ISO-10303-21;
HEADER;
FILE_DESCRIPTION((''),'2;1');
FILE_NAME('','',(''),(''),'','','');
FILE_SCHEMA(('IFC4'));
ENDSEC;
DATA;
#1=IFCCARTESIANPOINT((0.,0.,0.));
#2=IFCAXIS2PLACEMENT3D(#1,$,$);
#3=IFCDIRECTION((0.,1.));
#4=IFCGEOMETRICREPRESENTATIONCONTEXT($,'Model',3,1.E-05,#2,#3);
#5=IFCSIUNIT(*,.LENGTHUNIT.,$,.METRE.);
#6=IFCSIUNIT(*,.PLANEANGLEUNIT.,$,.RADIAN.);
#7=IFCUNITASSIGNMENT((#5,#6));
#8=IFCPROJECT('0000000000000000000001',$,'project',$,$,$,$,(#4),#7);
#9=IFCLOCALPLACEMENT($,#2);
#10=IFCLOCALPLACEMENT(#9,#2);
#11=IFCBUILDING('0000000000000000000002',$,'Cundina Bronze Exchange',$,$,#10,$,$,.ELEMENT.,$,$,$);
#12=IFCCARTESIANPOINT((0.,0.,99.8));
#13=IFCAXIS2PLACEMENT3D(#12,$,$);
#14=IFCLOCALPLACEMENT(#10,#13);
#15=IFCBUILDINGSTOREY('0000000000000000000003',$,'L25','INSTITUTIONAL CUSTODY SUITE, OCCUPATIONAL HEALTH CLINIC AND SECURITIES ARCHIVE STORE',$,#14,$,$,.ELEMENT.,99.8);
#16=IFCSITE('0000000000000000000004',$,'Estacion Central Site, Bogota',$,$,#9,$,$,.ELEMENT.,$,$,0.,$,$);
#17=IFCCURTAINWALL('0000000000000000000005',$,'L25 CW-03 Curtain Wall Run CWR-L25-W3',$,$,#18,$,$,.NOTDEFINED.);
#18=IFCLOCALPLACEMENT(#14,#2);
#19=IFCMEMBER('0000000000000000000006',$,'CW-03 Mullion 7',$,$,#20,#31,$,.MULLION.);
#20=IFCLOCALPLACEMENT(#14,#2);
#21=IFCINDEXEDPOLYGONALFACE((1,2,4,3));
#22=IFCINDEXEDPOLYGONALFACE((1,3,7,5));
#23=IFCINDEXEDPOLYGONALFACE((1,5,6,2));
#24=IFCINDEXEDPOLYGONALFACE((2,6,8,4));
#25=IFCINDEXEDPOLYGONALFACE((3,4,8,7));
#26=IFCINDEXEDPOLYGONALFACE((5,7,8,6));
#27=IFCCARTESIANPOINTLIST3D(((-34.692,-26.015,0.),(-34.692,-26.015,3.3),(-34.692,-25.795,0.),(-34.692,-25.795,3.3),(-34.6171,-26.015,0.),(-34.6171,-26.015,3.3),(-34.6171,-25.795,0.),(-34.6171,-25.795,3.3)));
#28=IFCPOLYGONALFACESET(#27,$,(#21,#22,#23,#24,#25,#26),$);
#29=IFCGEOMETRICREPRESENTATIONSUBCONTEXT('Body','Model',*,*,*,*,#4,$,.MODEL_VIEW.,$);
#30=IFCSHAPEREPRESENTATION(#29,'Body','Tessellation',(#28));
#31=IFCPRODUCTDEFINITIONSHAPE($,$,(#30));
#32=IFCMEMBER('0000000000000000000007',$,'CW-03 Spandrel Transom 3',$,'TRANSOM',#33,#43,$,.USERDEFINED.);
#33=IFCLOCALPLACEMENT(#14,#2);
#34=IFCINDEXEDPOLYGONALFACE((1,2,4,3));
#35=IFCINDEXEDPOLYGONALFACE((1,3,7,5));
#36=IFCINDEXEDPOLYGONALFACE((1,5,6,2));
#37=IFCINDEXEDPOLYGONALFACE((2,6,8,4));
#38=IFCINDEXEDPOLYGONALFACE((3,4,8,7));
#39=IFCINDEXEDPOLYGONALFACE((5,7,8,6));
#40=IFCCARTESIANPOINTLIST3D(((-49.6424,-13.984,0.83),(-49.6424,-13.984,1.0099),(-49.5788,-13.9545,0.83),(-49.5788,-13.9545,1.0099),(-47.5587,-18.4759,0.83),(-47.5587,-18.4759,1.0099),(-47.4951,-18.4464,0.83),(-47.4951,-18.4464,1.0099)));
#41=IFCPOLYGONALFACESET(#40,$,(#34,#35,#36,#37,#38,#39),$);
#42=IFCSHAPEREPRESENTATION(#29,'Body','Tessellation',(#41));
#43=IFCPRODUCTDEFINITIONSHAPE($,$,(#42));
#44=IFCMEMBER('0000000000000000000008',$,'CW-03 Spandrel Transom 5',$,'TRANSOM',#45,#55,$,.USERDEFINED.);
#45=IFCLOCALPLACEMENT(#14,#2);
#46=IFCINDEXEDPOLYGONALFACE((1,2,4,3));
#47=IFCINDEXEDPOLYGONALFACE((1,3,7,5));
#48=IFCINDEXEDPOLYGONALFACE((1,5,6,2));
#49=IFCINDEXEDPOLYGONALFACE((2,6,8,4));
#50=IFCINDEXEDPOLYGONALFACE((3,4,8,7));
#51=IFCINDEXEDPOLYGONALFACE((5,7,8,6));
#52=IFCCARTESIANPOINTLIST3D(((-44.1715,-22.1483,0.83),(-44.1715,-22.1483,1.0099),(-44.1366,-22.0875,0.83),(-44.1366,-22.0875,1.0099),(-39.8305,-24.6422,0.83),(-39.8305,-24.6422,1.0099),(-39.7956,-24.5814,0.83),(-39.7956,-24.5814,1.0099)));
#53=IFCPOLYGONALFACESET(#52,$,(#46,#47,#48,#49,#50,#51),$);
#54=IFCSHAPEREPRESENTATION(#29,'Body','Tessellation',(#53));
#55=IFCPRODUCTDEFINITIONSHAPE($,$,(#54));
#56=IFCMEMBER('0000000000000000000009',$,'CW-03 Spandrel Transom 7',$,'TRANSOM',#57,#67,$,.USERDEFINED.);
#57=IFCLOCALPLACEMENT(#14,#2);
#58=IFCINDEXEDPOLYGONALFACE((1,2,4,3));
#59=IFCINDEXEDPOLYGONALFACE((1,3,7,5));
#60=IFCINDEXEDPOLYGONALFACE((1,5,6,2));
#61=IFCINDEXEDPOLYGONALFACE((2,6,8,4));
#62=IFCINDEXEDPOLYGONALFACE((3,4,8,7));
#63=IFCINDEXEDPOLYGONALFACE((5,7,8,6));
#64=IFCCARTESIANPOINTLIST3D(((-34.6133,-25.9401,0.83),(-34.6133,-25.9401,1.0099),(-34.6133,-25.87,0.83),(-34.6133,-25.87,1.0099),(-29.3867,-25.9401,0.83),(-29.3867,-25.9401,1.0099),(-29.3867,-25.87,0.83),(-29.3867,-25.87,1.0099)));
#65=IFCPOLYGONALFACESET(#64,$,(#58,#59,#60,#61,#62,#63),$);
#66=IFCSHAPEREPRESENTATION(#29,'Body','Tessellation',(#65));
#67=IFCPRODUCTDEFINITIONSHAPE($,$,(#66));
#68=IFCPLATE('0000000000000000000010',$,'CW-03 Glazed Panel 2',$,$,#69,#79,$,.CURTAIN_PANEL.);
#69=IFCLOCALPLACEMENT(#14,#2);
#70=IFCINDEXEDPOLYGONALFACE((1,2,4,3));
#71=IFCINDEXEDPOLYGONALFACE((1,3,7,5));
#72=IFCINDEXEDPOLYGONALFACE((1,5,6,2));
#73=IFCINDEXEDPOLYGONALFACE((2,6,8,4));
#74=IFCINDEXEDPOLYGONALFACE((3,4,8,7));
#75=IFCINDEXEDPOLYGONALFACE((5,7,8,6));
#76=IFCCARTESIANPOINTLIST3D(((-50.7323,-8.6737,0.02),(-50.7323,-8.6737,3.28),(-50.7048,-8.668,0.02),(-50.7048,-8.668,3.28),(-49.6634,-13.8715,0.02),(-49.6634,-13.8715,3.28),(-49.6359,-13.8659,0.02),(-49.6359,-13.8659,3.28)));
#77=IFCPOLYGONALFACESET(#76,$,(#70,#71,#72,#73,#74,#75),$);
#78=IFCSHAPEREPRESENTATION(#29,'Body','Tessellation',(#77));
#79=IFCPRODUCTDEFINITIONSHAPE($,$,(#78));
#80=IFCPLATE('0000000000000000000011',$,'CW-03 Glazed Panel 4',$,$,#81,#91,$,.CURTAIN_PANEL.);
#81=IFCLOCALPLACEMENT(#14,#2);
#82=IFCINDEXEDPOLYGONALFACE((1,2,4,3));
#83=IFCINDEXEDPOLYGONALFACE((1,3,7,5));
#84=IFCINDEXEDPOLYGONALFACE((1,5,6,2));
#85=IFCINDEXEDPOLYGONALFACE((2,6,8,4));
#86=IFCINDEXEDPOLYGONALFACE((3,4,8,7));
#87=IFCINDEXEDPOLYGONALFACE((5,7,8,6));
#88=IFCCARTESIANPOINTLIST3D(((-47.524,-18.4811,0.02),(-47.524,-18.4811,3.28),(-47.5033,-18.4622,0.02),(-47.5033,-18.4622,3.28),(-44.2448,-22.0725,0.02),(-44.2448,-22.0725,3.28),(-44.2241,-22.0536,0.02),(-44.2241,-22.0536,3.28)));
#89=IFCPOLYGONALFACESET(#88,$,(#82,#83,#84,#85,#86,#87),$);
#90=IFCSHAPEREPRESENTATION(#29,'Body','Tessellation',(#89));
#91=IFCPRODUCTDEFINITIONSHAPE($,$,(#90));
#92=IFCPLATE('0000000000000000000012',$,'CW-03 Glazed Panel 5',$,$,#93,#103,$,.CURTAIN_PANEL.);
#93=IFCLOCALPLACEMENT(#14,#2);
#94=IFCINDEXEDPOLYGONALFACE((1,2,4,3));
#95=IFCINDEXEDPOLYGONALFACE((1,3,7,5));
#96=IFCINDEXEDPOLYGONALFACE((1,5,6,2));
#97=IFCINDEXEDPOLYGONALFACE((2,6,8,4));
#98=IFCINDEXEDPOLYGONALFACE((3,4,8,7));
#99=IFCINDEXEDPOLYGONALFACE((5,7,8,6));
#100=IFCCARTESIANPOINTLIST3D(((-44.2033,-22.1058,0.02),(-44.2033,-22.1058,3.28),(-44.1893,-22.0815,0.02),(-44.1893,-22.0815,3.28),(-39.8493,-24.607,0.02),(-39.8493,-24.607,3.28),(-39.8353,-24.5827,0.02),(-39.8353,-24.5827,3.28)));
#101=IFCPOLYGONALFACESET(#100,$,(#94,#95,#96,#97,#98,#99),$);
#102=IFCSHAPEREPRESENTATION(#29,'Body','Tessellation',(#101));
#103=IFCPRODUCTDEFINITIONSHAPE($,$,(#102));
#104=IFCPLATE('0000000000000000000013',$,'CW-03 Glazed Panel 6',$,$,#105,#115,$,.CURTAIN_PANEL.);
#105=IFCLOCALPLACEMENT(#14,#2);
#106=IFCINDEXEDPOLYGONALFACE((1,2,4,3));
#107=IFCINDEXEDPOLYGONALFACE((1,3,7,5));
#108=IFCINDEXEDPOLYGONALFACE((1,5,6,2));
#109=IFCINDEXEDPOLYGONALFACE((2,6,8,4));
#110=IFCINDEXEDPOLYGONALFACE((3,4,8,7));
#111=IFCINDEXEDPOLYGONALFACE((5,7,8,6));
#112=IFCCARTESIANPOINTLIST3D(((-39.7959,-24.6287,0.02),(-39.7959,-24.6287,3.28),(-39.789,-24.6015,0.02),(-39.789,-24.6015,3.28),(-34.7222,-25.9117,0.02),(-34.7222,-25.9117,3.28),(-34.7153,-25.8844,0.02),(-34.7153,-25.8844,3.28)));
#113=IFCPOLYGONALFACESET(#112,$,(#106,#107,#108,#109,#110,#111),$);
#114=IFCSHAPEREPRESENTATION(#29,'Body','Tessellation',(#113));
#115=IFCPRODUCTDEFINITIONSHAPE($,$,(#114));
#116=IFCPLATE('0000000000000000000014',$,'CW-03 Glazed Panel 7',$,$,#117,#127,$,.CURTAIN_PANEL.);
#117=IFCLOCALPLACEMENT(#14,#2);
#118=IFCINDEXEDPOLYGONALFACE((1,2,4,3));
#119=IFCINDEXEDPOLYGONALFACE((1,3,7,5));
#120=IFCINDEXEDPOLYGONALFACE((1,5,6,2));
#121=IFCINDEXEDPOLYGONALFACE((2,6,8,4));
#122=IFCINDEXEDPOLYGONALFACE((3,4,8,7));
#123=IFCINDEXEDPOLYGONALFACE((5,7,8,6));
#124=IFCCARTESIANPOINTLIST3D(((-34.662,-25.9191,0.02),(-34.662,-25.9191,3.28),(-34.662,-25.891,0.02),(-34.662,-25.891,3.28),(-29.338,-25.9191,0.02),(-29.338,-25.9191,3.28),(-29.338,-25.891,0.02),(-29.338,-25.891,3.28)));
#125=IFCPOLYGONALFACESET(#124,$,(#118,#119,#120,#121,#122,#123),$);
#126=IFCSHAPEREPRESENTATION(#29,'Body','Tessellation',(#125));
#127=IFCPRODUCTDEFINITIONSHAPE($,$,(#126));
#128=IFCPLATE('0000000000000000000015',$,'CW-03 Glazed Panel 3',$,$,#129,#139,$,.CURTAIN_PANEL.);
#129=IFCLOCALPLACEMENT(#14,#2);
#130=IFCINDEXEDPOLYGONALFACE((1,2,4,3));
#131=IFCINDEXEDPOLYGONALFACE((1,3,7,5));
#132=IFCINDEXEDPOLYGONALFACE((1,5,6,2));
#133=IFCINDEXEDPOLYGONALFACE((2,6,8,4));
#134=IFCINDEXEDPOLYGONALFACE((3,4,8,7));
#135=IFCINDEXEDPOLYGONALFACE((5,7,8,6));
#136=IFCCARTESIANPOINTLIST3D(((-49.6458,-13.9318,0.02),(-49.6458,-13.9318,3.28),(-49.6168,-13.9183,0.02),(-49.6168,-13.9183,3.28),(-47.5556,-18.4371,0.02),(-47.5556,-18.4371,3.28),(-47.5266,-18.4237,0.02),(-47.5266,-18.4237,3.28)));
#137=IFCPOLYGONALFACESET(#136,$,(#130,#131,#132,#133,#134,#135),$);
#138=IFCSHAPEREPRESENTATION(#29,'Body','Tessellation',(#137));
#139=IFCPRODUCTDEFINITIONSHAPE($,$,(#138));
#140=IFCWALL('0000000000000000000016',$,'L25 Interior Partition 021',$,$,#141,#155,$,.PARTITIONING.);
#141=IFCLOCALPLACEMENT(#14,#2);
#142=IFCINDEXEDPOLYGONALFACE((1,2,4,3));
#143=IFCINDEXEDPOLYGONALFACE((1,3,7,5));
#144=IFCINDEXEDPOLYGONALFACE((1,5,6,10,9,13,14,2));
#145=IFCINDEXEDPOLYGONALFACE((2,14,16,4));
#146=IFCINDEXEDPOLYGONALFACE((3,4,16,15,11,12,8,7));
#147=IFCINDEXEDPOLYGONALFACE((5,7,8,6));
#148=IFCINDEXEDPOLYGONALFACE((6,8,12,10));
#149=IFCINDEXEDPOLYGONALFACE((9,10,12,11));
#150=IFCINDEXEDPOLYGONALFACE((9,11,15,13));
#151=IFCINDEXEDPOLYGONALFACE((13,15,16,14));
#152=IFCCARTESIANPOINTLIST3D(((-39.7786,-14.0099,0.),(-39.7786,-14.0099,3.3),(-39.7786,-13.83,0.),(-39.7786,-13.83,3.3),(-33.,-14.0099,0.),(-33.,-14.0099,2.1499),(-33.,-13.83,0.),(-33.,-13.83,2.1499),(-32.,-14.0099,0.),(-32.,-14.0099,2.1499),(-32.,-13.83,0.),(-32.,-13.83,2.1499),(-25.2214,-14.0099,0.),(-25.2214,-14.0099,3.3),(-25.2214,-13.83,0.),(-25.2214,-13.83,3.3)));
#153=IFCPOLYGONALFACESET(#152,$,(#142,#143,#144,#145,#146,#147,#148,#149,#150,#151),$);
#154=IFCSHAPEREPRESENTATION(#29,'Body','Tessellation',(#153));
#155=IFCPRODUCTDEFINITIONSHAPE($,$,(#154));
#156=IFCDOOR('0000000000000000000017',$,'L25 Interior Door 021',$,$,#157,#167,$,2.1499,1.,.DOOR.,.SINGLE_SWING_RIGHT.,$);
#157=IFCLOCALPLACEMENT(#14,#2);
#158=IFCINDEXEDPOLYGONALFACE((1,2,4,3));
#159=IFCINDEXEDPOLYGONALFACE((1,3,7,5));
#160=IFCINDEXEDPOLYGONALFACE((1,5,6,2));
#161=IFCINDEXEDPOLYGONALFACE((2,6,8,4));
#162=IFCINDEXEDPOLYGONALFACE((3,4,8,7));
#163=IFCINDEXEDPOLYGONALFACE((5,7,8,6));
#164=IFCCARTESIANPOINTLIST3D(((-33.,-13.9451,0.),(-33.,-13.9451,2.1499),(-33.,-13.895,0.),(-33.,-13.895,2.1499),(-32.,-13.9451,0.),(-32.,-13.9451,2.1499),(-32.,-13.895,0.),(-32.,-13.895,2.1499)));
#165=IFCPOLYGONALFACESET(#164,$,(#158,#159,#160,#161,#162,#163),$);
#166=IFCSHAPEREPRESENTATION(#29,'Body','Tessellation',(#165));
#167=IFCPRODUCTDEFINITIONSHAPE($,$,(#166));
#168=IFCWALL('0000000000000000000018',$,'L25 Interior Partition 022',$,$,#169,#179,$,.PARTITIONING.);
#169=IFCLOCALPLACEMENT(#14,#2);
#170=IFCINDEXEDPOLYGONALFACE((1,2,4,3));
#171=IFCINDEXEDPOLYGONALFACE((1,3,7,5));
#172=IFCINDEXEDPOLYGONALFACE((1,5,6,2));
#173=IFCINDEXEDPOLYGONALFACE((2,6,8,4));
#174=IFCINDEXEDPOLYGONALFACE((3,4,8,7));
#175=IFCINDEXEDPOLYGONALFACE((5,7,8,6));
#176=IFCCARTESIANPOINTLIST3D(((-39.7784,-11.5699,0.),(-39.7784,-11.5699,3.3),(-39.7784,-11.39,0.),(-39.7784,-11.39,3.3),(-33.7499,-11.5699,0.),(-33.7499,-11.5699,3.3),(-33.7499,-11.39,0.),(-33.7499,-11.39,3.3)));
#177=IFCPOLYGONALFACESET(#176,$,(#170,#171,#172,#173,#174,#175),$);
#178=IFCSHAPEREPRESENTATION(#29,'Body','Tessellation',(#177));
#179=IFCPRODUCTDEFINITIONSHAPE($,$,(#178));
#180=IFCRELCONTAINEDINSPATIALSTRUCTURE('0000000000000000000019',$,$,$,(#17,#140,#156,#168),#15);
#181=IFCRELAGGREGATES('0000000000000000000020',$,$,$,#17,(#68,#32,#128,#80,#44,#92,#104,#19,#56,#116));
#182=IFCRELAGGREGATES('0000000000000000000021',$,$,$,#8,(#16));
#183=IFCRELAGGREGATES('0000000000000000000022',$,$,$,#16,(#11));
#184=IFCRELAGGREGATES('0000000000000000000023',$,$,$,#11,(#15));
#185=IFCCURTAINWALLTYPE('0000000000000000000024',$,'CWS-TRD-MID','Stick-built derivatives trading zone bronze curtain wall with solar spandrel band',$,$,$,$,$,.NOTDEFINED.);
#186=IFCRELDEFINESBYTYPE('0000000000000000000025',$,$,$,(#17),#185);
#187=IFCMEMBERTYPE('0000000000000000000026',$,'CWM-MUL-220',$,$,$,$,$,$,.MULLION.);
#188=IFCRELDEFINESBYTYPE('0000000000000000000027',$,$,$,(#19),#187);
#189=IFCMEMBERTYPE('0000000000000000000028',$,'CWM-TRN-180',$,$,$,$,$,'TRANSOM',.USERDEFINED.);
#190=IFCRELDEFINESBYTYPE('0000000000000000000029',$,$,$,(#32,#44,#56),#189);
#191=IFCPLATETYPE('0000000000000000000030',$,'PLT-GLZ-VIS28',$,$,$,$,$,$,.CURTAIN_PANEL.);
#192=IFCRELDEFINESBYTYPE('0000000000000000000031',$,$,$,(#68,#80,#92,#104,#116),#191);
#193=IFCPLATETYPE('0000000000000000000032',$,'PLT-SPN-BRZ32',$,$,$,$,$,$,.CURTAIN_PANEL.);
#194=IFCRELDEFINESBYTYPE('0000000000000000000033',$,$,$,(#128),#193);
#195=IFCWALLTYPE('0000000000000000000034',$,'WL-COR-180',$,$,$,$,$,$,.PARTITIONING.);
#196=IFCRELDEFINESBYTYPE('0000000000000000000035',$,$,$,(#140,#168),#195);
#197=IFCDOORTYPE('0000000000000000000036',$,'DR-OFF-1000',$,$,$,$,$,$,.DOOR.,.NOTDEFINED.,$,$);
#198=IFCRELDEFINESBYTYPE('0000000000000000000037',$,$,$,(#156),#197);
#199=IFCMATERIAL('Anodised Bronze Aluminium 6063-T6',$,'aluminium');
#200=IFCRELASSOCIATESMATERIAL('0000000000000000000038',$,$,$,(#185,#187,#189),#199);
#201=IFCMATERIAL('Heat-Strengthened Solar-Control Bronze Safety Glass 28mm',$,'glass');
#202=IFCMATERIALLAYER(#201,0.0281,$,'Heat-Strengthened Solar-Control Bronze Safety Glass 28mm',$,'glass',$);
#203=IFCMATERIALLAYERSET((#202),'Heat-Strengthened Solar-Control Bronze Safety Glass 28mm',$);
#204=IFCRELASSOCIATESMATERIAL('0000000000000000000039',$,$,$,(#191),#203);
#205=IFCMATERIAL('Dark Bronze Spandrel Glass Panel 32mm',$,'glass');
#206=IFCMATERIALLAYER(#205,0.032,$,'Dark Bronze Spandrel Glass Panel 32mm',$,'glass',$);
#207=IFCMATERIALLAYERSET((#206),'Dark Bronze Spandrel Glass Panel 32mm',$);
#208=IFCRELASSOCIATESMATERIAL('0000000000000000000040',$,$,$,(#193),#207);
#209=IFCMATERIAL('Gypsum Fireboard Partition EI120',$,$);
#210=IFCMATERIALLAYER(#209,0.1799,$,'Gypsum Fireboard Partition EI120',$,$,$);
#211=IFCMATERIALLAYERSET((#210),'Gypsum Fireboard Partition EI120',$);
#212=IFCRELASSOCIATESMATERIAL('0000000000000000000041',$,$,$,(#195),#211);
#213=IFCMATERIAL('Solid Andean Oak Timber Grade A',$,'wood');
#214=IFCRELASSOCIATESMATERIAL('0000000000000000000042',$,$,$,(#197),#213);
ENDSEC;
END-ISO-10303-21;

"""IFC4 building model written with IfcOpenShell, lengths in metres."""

from ifc_helpers import new_model, si_unit, direction, frame, frame_2d, origin, origin_2d, place, context, subcontext, project, spatial, rectangle, extrude, material, layer, layer_set, material_profile, profile_set, type_object, element, fill, aggregate, save


model = new_model("IFC4")

# Units and contexts
model_context = context("Model", 3, precision=1e-05, world=origin(), true_north=direction((0.0, 1.0)))
body_context = subcontext(model_context, "Body", "Model", "MODEL_VIEW")
ifc_project = project(units=[si_unit("LENGTHUNIT", "METRE"), si_unit("PLANEANGLEUNIT", "RADIAN")], contexts=[model_context])

# Site, building, storey
site_placement = place(None, origin())
site = spatial("IfcSite", under=ifc_project, at=site_placement, Name="Estacion Central Site, Bogota", CompositionType="ELEMENT", RefElevation=0.0)
building_placement = place(site_placement, origin())
building = spatial("IfcBuilding", under=site, at=building_placement, Name="Cundina Bronze Exchange", CompositionType="ELEMENT")
storey_placement = place(building_placement, frame((0.0, 0.0, 99.8)))
storey = spatial("IfcBuildingStorey", under=building, at=storey_placement, Name="L25", Description="INSTITUTIONAL CUSTODY SUITE, OCCUPATIONAL HEALTH CLINIC AND SECURITIES ARCHIVE STORE", CompositionType="ELEMENT", Elevation=99.8)

# Curtain wall, members, plates
ifc_material_1 = material(Name="Anodised Bronze Aluminium 6063-T6", Category="aluminium")
curtain_wall_type = type_object("IfcCurtainWallType", Name="CWS-TRD-MID", Description="Stick-built derivatives trading zone bronze curtain wall with solar spandrel band", PredefinedType="NOTDEFINED", material=ifc_material_1)
curtain_wall_placement = place(storey_placement, origin())
curtain_wall = element("IfcCurtainWall", 1, at=curtain_wall_placement, inside=storey, type_object=curtain_wall_type, Name="L25 CW-03 Curtain Wall Run CWR-L25-W3", PredefinedType="NOTDEFINED")
ifc_material_profile_1 = material_profile(ifc_material_1, rectangle(XDim=0.075, YDim=0.22, at=origin_2d()), Name="AL75X220", Category="aluminium")
ifc_profile_set_1 = profile_set([ifc_material_profile_1], Name="Anodised Bronze Aluminium 6063-T6")
member_type_1 = type_object("IfcMemberType", Name="CWM-MUL-220", PredefinedType="MULLION", material=ifc_profile_set_1)
member_1_placement = place(storey_placement, frame((-34.6545, -25.905, 0.0), z_axis=(0.0, 0.0, 1.0), x_axis=(1.0, 0.0, 0.0)))
member_1 = element("IfcMember", 2, at=member_1_placement, type_object=member_type_1, Name="CW-03 Mullion 7", PredefinedType="MULLION", context=body_context, shape_type="SweptSolid", body=[
    extrude(rectangle(XDim=0.075, YDim=0.22, at=origin_2d()), origin(), (0.0, 0.0, 1.0), 3.3),
])
ifc_material_profile_2 = material_profile(ifc_material_1, rectangle(XDim=0.0701, YDim=0.1799, at=origin_2d()), Name="AL70X180", Category="aluminium")
ifc_profile_set_2 = profile_set([ifc_material_profile_2], Name="Anodised Bronze Aluminium 6063-T6")
member_type_2 = type_object("IfcMemberType", Name="CWM-TRN-180", ElementType="TRANSOM", PredefinedType="USERDEFINED", material=ifc_profile_set_2)
member_2_placement = place(storey_placement, frame((-49.6106, -13.9692, 0.9199), z_axis=(0.420811, -0.907148, 0.0), x_axis=(0.907148, 0.420811, 0.0)))
member_2 = element("IfcMember", 3, at=member_2_placement, type_object=member_type_2, Name="CW-03 Spandrel Transom 3", ObjectType="TRANSOM", PredefinedType="USERDEFINED", context=body_context, shape_type="SweptSolid", body=[
    extrude(rectangle(XDim=0.0701, YDim=0.1799, at=origin_2d()), origin(), (0.0, 0.0, 1.0), 4.9517),
])
member_3_placement = place(storey_placement, frame((-44.1541, -22.1179, 0.9199), z_axis=(0.867097, -0.498139, 0.0), x_axis=(0.498139, 0.867097, 0.0)))
member_3 = element("IfcMember", 4, at=member_3_placement, type_object=member_type_2, Name="CW-03 Spandrel Transom 5", ObjectType="TRANSOM", PredefinedType="USERDEFINED", context=body_context, shape_type="SweptSolid", body=[
    extrude(rectangle(XDim=0.0701, YDim=0.1799, at=origin_2d()), origin(), (0.0, 0.0, 1.0), 5.0063),
])
member_4_placement = place(storey_placement, frame((-34.6133, -25.905, 0.9199), z_axis=(1.0, 0.0, 0.0), x_axis=(0.0, 1.0, 0.0)))
member_4 = element("IfcMember", 5, at=member_4_placement, type_object=member_type_2, Name="CW-03 Spandrel Transom 7", ObjectType="TRANSOM", PredefinedType="USERDEFINED", context=body_context, shape_type="SweptSolid", body=[
    extrude(rectangle(XDim=0.0701, YDim=0.1799, at=origin_2d()), origin(), (0.0, 0.0, 1.0), 5.2266),
])
ifc_material_2 = material(Name="Heat-Strengthened Solar-Control Bronze Safety Glass 28mm", Category="glass")
ifc_layer_1 = layer(ifc_material_2, 0.0281, Name="Heat-Strengthened Solar-Control Bronze Safety Glass 28mm", Category="glass")
ifc_layer_set_1 = layer_set([ifc_layer_1], Name="Heat-Strengthened Solar-Control Bronze Safety Glass 28mm")
plate_type_1 = type_object("IfcPlateType", Name="PLT-GLZ-VIS28", PredefinedType="CURTAIN_PANEL", material=ifc_layer_set_1)
plate_1_placement = place(storey_placement, frame((-50.1841, -11.2698, 0.02), z_axis=(0.0, 0.0, 1.0), x_axis=(0.20142, -0.979505, 0.0)))
plate_1 = element("IfcPlate", 6, at=plate_1_placement, type_object=plate_type_1, Name="CW-03 Glazed Panel 2", PredefinedType="CURTAIN_PANEL", context=body_context, shape_type="SweptSolid", body=[
    extrude(rectangle(XDim=5.3066, YDim=0.0281, at=origin_2d()), origin(), (0.0, 0.0, 1.0), 3.26),
])
plate_2_placement = place(storey_placement, frame((-45.874, -20.2673, 0.02), z_axis=(0.0, 0.0, 1.0), x_axis=(0.674277, -0.738479, 0.0)))
plate_2 = element("IfcPlate", 7, at=plate_2_placement, type_object=plate_type_1, Name="CW-03 Glazed Panel 4", PredefinedType="CURTAIN_PANEL", context=body_context, shape_type="SweptSolid", body=[
    extrude(rectangle(XDim=4.8633, YDim=0.0281, at=origin_2d()), origin(), (0.0, 0.0, 1.0), 3.26),
])
plate_3_placement = place(storey_placement, frame((-42.0193, -23.3442, 0.02), z_axis=(0.0, 0.0, 1.0), x_axis=(0.867105, -0.498125, 0.0)))
plate_3 = element("IfcPlate", 8, at=plate_3_placement, type_object=plate_type_1, Name="CW-03 Glazed Panel 5", PredefinedType="CURTAIN_PANEL", context=body_context, shape_type="SweptSolid", body=[
    extrude(rectangle(XDim=5.0212, YDim=0.0281, at=origin_2d()), origin(), (0.0, 0.0, 1.0), 3.26),
])
plate_4_placement = place(storey_placement, frame((-37.2556, -25.2566, 0.02), z_axis=(0.0, 0.0, 1.0), x_axis=(0.969488, -0.245138, 0.0)))
plate_4 = element("IfcPlate", 9, at=plate_4_placement, type_object=plate_type_1, Name="CW-03 Glazed Panel 6", PredefinedType="CURTAIN_PANEL", context=body_context, shape_type="SweptSolid", body=[
    extrude(rectangle(XDim=5.2334, YDim=0.0281, at=origin_2d()), origin(), (0.0, 0.0, 1.0), 3.26),
])
plate_5_placement = place(storey_placement, frame((-32.0, -25.905, 0.02), z_axis=(0.0, 0.0, 1.0), x_axis=(1.0, 0.0, 0.0)))
plate_5 = element("IfcPlate", 10, at=plate_5_placement, type_object=plate_type_1, Name="CW-03 Glazed Panel 7", PredefinedType="CURTAIN_PANEL", context=body_context, shape_type="SweptSolid", body=[
    extrude(rectangle(XDim=5.324, YDim=0.0281, at=origin_2d()), origin(), (0.0, 0.0, 1.0), 3.26),
])
ifc_material_3 = material(Name="Dark Bronze Spandrel Glass Panel 32mm", Category="glass")
ifc_layer_2 = layer(ifc_material_3, 0.032, Name="Dark Bronze Spandrel Glass Panel 32mm", Category="glass")
ifc_layer_set_2 = layer_set([ifc_layer_2], Name="Dark Bronze Spandrel Glass Panel 32mm")
plate_type_2 = type_object("IfcPlateType", Name="PLT-SPN-BRZ32", PredefinedType="CURTAIN_PANEL", material=ifc_layer_set_2)
plate_6_placement = place(storey_placement, frame((-48.5862, -16.1777, 0.02), z_axis=(0.0, 0.0, 1.0), x_axis=(0.420846, -0.907132, 0.0)))
plate_6 = element("IfcPlate", 11, at=plate_6_placement, type_object=plate_type_2, Name="CW-03 Glazed Panel 3", PredefinedType="CURTAIN_PANEL", context=body_context, shape_type="SweptSolid", body=[
    extrude(rectangle(XDim=4.9666, YDim=0.032, at=origin_2d()), origin(), (0.0, 0.0, 1.0), 3.26),
])
aggregate(curtain_wall, [plate_1, member_2, plate_6, plate_2, member_3, plate_3, plate_4, member_1, member_4, plate_5])

# Wall, opening, door
ifc_material_4 = material(Name="Gypsum Fireboard Partition EI120")
ifc_layer_3 = layer(ifc_material_4, 0.1799, Name="Gypsum Fireboard Partition EI120")
ifc_layer_set_3 = layer_set([ifc_layer_3], Name="Gypsum Fireboard Partition EI120")
wall_type_1 = type_object("IfcWallType", Name="WL-COR-180", PredefinedType="PARTITIONING", material=ifc_layer_set_3)
wall_1_placement = place(storey_placement, frame((-39.7786, -13.9199, 0.0), z_axis=(0.0, 0.0, 1.0), x_axis=(1.0, 0.0, 0.0)))
wall_1 = element("IfcWall", 12, at=wall_1_placement, inside=storey, type_object=wall_type_1, Name="L25 Interior Partition 021", PredefinedType="PARTITIONING", context=body_context, shape_type="SweptSolid", body=[
    extrude(rectangle(XDim=14.5571, YDim=0.1799, at=frame_2d((7.2786, 0.0))), origin(), (0.0, 0.0, 1.0), 3.3),
])
opening_placement = place(wall_1_placement, frame((6.7786, 0.0, 0.0)))
opening = element("IfcOpeningElement", 13, at=opening_placement, cuts=wall_1, PredefinedType="OPENING", context=body_context, shape_type="SweptSolid", body=[
    extrude(rectangle(XDim=1.0, YDim=2.1499, at=frame_2d((0.5, 1.075))), frame((0.0, 0.0999, 0.0), z_axis=(0.0, -1.0, 0.0), x_axis=(1.0, 0.0, 0.0)), (0.0, 0.0, 1.0), 0.2),
])
ifc_material_5 = material(Name="Solid Andean Oak Timber Grade A", Category="wood")
door_type = type_object("IfcDoorType", Name="DR-OFF-1000", OperationType="NOTDEFINED", PredefinedType="DOOR", material=ifc_material_5)
door_placement = place(opening_placement, origin())
door = element("IfcDoor", 14, at=door_placement, inside=storey, type_object=door_type, Name="L25 Interior Door 021", OperationType="SINGLE_SWING_RIGHT", OverallHeight=2.1499, OverallWidth=1.0, PredefinedType="DOOR", context=body_context, shape_type="SweptSolid", body=[
    extrude(rectangle(XDim=1.0, YDim=2.1499, at=frame_2d((0.5, 1.075))), frame((0.0, 0.0249, 0.0), z_axis=(0.0, -1.0, 0.0), x_axis=(1.0, 0.0, 0.0)), (0.0, 0.0, 1.0), 0.05),
])
fill(opening, door)

# Wall
wall_2_placement = place(storey_placement, frame((-33.75, -11.48, 0.0), z_axis=(0.0, 0.0, 1.0), x_axis=(-1.0, 0.0, 0.0)))
element("IfcWall", 15, at=wall_2_placement, inside=storey, type_object=wall_type_1, Name="L25 Interior Partition 022", PredefinedType="PARTITIONING", context=body_context, shape_type="SweptSolid", body=[
    extrude(rectangle(XDim=6.0286, YDim=0.1799, at=frame_2d((3.0142, 0.0))), origin(), (0.0, 0.0, 1.0), 3.3),
])

save(model, "model.ifc")
